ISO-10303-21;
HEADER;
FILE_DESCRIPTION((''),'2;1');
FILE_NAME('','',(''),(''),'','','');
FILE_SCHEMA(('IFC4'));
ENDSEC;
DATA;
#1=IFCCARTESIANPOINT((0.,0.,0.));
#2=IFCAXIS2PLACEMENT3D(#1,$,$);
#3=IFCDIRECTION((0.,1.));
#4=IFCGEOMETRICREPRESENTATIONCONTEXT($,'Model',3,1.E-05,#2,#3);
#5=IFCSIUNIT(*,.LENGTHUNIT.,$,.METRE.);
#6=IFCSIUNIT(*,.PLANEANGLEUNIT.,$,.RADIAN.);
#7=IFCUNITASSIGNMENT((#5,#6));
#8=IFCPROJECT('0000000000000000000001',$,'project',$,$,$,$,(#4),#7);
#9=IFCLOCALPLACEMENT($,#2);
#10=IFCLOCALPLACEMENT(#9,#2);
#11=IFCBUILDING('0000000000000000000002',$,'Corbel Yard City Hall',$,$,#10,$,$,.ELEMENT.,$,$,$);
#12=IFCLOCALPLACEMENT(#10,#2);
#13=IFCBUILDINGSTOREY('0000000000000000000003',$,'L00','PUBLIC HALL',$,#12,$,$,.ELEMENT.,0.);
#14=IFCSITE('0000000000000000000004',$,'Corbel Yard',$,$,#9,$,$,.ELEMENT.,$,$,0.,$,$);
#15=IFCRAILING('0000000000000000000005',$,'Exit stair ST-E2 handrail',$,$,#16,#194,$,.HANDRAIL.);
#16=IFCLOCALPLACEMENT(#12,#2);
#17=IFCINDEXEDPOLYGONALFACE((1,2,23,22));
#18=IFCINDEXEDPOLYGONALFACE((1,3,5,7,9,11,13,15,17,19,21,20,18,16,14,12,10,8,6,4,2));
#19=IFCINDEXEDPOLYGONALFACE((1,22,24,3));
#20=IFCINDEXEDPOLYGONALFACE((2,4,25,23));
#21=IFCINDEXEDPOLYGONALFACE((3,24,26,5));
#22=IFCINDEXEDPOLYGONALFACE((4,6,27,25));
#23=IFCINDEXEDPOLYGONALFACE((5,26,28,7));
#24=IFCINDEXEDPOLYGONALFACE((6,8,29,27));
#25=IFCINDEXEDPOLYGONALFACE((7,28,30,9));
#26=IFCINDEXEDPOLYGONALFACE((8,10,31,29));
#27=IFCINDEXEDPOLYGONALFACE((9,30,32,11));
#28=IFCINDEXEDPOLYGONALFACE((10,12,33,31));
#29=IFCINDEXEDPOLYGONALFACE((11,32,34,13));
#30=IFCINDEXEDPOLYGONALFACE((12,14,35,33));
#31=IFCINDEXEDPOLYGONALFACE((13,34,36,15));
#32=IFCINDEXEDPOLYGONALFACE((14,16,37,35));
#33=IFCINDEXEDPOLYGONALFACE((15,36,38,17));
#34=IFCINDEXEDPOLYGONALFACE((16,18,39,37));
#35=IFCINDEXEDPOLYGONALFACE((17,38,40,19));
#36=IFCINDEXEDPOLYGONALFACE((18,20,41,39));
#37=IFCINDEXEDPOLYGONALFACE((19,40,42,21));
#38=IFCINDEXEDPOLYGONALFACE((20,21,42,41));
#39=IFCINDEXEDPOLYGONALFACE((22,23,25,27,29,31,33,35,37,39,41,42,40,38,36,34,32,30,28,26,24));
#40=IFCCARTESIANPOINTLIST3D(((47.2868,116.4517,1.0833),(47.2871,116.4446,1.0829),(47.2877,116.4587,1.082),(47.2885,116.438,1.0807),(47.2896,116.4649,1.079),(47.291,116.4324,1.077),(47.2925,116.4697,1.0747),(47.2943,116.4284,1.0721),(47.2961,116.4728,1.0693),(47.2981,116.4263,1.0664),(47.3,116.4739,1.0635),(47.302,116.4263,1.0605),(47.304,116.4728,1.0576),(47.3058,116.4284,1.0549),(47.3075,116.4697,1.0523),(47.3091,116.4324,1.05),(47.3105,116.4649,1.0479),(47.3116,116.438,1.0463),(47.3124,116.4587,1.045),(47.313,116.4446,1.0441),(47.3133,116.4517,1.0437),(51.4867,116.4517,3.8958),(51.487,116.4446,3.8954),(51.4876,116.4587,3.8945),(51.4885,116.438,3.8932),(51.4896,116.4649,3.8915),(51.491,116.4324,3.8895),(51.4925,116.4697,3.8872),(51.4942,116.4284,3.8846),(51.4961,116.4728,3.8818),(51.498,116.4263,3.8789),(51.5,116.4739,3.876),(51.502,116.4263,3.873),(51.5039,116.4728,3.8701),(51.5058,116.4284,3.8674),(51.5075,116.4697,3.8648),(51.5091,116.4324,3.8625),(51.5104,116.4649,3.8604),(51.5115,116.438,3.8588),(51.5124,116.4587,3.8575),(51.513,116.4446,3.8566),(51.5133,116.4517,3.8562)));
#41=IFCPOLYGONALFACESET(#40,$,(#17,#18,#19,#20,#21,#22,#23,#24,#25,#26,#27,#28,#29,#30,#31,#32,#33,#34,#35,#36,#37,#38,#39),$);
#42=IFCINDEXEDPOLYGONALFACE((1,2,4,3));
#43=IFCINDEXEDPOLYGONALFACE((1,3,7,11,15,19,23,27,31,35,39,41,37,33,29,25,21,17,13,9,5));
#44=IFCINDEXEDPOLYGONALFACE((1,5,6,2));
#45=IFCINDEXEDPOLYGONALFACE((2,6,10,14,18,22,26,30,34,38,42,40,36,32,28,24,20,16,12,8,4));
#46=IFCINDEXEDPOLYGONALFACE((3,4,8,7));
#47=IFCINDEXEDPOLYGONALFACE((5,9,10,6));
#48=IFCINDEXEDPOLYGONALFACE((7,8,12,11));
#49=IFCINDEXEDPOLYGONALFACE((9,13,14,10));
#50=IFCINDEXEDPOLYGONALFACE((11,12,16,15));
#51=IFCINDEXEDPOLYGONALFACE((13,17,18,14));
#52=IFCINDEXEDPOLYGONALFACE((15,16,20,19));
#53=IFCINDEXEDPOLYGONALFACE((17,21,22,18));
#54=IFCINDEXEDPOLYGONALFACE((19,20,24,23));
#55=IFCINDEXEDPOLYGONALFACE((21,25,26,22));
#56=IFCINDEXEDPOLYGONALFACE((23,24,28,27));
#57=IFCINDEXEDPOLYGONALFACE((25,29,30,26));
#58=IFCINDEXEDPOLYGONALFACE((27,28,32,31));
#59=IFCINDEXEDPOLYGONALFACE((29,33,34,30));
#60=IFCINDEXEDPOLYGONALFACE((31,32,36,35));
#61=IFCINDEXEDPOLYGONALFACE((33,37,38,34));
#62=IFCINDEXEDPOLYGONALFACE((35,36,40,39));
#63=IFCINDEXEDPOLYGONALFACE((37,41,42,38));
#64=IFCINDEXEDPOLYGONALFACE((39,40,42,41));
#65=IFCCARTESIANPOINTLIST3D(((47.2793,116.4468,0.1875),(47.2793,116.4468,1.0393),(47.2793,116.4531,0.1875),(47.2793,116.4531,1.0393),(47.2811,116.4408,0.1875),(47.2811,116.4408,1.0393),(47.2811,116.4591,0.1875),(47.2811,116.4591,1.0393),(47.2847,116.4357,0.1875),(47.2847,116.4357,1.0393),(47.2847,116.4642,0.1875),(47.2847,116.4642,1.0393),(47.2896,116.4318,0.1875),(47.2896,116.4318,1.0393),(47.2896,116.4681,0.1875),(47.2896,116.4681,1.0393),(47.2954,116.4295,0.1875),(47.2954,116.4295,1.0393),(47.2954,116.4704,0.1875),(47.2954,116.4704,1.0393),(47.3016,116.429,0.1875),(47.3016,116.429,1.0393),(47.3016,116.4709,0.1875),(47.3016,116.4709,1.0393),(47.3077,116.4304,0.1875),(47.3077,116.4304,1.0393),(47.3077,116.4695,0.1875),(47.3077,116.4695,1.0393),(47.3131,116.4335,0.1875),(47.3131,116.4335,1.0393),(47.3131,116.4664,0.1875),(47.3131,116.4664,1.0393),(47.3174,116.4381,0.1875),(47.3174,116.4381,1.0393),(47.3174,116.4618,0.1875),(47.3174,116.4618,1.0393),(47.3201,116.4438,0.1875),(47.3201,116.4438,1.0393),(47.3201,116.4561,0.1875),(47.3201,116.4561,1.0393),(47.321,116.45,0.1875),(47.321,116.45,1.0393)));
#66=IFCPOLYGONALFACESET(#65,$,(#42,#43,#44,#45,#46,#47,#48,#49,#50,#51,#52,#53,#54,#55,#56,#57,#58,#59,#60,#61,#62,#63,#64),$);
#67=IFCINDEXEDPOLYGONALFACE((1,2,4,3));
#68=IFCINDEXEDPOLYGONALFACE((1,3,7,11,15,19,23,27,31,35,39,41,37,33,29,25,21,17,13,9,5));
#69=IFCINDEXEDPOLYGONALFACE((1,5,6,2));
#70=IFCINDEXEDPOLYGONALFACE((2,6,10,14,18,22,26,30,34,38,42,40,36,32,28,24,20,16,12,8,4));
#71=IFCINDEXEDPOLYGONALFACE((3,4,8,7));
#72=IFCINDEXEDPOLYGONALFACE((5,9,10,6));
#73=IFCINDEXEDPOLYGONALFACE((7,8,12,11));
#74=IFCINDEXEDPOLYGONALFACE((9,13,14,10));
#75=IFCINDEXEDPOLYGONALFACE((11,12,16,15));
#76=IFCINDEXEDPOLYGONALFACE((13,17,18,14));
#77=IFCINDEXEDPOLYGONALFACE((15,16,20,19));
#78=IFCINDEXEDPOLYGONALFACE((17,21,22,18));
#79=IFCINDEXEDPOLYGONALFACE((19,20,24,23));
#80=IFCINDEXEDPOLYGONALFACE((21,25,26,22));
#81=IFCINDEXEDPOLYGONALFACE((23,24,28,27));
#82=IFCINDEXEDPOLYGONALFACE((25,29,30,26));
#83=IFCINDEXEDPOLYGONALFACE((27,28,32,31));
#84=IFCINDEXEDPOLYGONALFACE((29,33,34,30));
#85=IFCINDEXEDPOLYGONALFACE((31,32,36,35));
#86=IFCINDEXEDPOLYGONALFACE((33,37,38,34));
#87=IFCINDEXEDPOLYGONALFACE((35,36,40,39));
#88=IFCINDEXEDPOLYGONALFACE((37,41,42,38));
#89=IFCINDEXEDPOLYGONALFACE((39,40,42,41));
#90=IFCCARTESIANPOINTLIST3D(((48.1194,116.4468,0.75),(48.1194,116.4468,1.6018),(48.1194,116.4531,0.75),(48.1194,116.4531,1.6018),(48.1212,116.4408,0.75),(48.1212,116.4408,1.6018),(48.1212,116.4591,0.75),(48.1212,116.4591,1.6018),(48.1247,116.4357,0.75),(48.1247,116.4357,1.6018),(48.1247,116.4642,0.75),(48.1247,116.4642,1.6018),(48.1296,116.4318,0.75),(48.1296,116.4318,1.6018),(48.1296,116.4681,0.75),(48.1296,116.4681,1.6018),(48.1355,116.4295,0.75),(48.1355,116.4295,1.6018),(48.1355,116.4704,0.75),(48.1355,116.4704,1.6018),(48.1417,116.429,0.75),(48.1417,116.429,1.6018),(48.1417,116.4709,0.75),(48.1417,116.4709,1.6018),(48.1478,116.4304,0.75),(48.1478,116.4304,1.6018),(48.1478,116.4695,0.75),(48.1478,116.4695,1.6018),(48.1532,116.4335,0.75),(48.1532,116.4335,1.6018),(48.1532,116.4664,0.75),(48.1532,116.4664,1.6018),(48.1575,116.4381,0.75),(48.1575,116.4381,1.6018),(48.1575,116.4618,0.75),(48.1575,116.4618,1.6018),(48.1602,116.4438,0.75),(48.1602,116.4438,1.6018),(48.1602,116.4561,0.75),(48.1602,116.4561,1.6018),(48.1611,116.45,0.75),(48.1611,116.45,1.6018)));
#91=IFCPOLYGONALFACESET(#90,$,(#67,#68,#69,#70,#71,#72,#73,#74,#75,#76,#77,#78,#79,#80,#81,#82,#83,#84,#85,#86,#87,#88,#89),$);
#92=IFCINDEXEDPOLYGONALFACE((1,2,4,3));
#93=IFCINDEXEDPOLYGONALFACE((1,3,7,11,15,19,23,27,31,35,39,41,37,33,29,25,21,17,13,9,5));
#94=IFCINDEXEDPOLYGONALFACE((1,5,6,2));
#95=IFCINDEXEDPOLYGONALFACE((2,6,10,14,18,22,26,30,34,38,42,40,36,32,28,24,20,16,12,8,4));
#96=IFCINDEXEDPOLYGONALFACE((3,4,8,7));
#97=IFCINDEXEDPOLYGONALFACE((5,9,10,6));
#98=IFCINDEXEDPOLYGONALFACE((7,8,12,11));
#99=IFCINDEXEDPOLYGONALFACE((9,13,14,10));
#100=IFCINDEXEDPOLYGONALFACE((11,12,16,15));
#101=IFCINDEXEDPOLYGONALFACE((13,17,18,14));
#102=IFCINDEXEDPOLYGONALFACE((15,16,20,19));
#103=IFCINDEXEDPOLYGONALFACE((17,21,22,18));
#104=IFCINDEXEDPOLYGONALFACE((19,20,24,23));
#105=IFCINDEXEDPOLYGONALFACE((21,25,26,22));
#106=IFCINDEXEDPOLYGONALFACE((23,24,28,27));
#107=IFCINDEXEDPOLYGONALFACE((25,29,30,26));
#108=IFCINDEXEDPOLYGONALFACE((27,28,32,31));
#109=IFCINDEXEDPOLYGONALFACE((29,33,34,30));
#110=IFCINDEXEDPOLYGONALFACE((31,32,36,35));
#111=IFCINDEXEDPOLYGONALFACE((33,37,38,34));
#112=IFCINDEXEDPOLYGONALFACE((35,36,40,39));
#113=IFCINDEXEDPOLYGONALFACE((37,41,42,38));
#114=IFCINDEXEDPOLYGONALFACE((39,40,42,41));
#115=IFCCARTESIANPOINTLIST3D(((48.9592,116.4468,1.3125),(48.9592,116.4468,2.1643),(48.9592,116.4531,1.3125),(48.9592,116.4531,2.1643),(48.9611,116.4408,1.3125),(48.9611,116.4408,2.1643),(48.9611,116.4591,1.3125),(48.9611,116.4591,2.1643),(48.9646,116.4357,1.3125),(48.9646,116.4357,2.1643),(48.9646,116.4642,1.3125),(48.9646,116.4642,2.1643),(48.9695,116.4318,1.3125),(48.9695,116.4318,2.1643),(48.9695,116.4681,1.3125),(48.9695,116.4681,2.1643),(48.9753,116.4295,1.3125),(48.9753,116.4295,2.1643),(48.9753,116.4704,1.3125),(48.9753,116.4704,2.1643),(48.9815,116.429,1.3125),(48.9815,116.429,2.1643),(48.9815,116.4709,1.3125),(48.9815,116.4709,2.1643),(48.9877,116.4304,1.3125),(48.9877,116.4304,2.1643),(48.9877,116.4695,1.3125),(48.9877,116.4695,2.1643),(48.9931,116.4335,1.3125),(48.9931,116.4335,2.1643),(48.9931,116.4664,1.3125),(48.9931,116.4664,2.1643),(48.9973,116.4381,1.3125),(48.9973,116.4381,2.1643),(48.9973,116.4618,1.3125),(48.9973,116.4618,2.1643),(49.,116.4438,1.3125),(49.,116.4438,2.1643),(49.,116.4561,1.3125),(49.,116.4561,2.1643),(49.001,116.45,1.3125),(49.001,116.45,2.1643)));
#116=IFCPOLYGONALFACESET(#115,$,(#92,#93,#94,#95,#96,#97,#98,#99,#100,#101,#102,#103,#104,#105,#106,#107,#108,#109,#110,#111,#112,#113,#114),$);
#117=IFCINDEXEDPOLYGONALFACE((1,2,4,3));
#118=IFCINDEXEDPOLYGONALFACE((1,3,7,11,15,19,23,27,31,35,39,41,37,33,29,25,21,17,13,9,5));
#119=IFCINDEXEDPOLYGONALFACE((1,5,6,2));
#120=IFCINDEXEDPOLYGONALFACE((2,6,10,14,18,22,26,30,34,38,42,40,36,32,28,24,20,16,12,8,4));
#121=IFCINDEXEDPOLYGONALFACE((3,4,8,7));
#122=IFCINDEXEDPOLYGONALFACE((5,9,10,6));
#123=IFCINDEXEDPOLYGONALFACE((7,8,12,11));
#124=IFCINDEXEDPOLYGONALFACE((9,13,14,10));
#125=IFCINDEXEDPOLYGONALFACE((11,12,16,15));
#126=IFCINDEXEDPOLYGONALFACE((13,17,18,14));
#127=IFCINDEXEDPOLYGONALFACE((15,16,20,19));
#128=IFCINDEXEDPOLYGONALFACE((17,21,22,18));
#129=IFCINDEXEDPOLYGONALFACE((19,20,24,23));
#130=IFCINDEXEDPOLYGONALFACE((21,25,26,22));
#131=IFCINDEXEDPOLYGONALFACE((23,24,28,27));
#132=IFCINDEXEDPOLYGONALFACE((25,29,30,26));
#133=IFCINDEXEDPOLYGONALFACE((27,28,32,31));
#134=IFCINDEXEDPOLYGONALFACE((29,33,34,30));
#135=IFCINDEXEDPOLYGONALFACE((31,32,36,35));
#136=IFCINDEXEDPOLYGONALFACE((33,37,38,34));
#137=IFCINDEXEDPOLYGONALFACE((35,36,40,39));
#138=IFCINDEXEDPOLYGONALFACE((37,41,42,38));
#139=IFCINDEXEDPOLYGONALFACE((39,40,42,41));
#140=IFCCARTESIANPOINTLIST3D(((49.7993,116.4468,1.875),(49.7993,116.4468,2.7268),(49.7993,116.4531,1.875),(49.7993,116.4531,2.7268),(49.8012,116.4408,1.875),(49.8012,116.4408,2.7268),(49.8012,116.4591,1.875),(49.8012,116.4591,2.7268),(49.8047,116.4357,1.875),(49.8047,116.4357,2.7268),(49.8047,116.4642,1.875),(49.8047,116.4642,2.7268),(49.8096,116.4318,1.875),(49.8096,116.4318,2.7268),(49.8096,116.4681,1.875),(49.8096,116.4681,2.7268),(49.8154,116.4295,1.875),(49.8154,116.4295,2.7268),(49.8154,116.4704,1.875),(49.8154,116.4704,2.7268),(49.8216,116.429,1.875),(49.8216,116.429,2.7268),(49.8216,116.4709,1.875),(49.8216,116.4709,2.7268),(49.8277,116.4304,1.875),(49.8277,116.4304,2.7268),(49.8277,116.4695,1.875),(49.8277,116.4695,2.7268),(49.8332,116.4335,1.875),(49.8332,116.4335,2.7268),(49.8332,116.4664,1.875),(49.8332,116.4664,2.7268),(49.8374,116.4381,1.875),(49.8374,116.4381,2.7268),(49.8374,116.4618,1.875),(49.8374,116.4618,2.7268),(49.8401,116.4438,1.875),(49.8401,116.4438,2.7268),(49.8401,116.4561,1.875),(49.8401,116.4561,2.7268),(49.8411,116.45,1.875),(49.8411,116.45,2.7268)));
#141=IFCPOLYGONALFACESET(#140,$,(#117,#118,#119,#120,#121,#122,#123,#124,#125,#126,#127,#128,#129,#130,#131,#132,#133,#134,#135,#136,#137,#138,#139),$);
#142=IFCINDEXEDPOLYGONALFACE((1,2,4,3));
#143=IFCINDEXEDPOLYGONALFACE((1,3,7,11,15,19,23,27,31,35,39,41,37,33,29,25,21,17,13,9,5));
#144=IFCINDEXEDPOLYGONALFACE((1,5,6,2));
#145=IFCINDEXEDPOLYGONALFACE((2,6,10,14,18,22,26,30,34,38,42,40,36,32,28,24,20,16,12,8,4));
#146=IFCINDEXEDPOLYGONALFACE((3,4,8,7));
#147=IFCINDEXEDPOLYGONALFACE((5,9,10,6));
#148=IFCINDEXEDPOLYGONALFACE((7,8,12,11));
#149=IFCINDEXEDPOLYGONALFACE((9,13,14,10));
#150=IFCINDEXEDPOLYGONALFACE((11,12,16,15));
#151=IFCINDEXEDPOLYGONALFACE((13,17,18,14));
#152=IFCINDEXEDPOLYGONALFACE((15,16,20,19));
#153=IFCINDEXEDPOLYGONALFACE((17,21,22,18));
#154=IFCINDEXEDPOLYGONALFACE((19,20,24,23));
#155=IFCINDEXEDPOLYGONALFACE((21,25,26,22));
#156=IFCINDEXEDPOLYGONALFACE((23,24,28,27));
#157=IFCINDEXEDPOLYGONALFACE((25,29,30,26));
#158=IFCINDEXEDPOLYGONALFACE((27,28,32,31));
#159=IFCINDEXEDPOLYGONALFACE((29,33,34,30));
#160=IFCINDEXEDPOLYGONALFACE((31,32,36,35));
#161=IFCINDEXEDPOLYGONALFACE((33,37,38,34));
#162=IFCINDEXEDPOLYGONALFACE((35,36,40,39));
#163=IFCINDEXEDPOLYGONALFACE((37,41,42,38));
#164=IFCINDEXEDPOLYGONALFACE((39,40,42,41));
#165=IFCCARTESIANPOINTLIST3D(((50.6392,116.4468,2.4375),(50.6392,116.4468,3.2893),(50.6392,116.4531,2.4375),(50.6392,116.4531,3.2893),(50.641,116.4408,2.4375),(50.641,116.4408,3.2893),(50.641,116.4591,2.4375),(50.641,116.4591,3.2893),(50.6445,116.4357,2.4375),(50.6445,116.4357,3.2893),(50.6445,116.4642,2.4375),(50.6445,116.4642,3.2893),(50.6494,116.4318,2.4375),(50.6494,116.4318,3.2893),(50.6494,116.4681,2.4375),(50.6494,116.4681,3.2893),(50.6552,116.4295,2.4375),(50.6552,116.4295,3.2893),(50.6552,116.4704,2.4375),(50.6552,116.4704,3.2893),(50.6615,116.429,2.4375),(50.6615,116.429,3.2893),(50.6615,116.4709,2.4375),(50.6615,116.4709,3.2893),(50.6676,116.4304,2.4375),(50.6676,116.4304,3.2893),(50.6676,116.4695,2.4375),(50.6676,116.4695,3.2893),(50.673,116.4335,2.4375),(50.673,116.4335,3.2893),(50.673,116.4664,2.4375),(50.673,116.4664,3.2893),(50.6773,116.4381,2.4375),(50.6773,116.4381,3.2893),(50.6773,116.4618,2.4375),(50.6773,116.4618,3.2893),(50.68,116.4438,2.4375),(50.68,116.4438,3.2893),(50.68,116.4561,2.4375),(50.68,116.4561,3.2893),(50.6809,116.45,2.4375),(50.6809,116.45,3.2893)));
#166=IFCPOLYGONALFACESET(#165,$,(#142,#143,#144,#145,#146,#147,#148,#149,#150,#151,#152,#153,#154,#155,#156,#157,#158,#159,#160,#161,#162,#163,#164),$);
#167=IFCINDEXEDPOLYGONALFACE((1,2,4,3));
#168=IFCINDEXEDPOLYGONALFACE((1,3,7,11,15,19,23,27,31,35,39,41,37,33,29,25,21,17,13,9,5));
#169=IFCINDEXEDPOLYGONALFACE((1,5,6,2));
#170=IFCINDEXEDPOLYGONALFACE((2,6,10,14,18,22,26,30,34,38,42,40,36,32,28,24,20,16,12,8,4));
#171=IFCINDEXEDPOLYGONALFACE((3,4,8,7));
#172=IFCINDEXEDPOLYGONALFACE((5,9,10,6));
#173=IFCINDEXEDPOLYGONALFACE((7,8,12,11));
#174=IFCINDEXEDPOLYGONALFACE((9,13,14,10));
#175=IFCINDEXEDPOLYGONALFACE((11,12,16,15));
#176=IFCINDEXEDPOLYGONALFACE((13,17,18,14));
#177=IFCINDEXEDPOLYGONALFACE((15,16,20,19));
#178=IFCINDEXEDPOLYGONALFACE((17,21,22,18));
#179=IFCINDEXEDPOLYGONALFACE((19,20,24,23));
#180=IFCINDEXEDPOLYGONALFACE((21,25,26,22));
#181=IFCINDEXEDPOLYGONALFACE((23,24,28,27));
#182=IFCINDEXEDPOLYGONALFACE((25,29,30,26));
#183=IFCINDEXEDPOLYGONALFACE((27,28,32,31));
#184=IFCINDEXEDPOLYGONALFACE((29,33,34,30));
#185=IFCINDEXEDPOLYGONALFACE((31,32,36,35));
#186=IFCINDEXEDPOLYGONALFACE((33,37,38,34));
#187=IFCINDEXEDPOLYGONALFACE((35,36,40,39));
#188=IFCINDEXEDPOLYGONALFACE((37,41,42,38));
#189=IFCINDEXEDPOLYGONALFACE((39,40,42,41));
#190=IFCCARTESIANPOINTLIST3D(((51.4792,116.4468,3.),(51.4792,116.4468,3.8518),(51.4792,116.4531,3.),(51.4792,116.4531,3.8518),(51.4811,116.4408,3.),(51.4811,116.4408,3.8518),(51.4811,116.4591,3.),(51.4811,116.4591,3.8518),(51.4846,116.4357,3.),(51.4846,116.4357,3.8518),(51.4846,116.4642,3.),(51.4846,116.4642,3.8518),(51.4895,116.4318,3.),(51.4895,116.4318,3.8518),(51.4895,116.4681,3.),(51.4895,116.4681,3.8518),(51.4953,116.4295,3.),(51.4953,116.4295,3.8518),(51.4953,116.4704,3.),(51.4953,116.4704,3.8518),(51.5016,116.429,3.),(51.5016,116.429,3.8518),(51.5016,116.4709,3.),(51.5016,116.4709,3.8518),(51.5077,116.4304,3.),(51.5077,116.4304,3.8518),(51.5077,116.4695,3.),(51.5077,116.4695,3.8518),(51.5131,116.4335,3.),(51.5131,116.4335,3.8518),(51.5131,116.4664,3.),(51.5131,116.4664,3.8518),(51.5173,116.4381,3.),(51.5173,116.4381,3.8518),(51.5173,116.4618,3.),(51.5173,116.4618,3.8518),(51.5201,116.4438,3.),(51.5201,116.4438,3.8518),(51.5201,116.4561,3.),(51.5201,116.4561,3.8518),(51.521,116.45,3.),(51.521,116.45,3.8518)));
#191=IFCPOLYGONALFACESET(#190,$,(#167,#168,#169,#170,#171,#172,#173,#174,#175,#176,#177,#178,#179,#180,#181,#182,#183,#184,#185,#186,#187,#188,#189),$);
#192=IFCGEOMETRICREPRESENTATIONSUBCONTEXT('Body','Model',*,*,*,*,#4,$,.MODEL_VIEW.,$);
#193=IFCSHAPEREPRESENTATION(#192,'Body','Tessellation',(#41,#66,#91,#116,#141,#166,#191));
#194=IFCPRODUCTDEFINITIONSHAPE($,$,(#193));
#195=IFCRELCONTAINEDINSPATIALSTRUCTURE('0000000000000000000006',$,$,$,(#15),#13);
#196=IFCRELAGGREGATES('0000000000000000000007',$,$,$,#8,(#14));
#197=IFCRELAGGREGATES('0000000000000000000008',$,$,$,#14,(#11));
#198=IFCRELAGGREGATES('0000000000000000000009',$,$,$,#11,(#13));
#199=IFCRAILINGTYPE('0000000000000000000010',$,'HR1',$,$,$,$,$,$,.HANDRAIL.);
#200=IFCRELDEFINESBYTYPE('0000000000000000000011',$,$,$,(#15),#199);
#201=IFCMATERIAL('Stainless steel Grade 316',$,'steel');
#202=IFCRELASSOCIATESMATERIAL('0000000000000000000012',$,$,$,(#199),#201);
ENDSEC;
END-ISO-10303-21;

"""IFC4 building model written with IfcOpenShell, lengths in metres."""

from ifc_helpers import new_model, si_unit, direction, frame, origin, origin_2d, place, context, subcontext, project, spatial, circle, extrude, material, type_object, element, save


model = new_model("IFC4")

# Units and contexts
model_context = context("Model", 3, precision=1e-05, world=origin(), true_north=direction((0.0, 1.0)))
body_context = subcontext(model_context, "Body", "Model", "MODEL_VIEW")
ifc_project = project(units=[si_unit("LENGTHUNIT", "METRE"), si_unit("PLANEANGLEUNIT", "RADIAN")], contexts=[model_context])

# Site, building, storey
site_placement = place(None, origin())
site = spatial("IfcSite", under=ifc_project, at=site_placement, Name="Corbel Yard", CompositionType="ELEMENT", RefElevation=0.0)
building_placement = place(site_placement, origin())
building = spatial("IfcBuilding", under=site, at=building_placement, Name="Corbel Yard City Hall", CompositionType="ELEMENT")
storey_placement = place(building_placement, origin())
storey = spatial("IfcBuildingStorey", under=building, at=storey_placement, Name="L00", Description="PUBLIC HALL", CompositionType="ELEMENT", Elevation=0.0)

# Railing
ifc_material_1 = material(Name="Stainless steel Grade 316", Category="steel")
railing_type = type_object("IfcRailingType", Name="HR1", PredefinedType="HANDRAIL", material=ifc_material_1)
railing_placement = place(storey_placement, frame((47.3, 116.45, 0.1875)))
element("IfcRailing", 1, at=railing_placement, inside=storey, type_object=railing_type, Name="Exit stair ST-E2 handrail", PredefinedType="HANDRAIL", context=body_context, shape_type="SweptSolid", body=[
    extrude(circle(Radius=0.0239, at=origin_2d()), frame((0.0, 0.0, 0.876), z_axis=(0.830904, 0.0, 0.556416), x_axis=(0.0, 1.0, 0.0)), (0.0, 0.0, 1.0), 5.0547),
    extrude(circle(Radius=0.021, at=origin_2d()), origin(), (0.0, 0.0, 1.0), 0.8518),
    extrude(circle(Radius=0.021, at=origin_2d()), frame((0.8401, 0.0, 0.5625)), (0.0, 0.0, 1.0), 0.8518),
    extrude(circle(Radius=0.021, at=origin_2d()), frame((1.6799, 0.0, 1.125)), (0.0, 0.0, 1.0), 0.8518),
    extrude(circle(Radius=0.021, at=origin_2d()), frame((2.52, 0.0, 1.6875)), (0.0, 0.0, 1.0), 0.8518),
    extrude(circle(Radius=0.021, at=origin_2d()), frame((3.3599, 0.0, 2.25)), (0.0, 0.0, 1.0), 0.8518),
    extrude(circle(Radius=0.021, at=origin_2d()), frame((4.2, 0.0, 2.8125)), (0.0, 0.0, 1.0), 0.8518),
])

save(model, "model.ifc")
